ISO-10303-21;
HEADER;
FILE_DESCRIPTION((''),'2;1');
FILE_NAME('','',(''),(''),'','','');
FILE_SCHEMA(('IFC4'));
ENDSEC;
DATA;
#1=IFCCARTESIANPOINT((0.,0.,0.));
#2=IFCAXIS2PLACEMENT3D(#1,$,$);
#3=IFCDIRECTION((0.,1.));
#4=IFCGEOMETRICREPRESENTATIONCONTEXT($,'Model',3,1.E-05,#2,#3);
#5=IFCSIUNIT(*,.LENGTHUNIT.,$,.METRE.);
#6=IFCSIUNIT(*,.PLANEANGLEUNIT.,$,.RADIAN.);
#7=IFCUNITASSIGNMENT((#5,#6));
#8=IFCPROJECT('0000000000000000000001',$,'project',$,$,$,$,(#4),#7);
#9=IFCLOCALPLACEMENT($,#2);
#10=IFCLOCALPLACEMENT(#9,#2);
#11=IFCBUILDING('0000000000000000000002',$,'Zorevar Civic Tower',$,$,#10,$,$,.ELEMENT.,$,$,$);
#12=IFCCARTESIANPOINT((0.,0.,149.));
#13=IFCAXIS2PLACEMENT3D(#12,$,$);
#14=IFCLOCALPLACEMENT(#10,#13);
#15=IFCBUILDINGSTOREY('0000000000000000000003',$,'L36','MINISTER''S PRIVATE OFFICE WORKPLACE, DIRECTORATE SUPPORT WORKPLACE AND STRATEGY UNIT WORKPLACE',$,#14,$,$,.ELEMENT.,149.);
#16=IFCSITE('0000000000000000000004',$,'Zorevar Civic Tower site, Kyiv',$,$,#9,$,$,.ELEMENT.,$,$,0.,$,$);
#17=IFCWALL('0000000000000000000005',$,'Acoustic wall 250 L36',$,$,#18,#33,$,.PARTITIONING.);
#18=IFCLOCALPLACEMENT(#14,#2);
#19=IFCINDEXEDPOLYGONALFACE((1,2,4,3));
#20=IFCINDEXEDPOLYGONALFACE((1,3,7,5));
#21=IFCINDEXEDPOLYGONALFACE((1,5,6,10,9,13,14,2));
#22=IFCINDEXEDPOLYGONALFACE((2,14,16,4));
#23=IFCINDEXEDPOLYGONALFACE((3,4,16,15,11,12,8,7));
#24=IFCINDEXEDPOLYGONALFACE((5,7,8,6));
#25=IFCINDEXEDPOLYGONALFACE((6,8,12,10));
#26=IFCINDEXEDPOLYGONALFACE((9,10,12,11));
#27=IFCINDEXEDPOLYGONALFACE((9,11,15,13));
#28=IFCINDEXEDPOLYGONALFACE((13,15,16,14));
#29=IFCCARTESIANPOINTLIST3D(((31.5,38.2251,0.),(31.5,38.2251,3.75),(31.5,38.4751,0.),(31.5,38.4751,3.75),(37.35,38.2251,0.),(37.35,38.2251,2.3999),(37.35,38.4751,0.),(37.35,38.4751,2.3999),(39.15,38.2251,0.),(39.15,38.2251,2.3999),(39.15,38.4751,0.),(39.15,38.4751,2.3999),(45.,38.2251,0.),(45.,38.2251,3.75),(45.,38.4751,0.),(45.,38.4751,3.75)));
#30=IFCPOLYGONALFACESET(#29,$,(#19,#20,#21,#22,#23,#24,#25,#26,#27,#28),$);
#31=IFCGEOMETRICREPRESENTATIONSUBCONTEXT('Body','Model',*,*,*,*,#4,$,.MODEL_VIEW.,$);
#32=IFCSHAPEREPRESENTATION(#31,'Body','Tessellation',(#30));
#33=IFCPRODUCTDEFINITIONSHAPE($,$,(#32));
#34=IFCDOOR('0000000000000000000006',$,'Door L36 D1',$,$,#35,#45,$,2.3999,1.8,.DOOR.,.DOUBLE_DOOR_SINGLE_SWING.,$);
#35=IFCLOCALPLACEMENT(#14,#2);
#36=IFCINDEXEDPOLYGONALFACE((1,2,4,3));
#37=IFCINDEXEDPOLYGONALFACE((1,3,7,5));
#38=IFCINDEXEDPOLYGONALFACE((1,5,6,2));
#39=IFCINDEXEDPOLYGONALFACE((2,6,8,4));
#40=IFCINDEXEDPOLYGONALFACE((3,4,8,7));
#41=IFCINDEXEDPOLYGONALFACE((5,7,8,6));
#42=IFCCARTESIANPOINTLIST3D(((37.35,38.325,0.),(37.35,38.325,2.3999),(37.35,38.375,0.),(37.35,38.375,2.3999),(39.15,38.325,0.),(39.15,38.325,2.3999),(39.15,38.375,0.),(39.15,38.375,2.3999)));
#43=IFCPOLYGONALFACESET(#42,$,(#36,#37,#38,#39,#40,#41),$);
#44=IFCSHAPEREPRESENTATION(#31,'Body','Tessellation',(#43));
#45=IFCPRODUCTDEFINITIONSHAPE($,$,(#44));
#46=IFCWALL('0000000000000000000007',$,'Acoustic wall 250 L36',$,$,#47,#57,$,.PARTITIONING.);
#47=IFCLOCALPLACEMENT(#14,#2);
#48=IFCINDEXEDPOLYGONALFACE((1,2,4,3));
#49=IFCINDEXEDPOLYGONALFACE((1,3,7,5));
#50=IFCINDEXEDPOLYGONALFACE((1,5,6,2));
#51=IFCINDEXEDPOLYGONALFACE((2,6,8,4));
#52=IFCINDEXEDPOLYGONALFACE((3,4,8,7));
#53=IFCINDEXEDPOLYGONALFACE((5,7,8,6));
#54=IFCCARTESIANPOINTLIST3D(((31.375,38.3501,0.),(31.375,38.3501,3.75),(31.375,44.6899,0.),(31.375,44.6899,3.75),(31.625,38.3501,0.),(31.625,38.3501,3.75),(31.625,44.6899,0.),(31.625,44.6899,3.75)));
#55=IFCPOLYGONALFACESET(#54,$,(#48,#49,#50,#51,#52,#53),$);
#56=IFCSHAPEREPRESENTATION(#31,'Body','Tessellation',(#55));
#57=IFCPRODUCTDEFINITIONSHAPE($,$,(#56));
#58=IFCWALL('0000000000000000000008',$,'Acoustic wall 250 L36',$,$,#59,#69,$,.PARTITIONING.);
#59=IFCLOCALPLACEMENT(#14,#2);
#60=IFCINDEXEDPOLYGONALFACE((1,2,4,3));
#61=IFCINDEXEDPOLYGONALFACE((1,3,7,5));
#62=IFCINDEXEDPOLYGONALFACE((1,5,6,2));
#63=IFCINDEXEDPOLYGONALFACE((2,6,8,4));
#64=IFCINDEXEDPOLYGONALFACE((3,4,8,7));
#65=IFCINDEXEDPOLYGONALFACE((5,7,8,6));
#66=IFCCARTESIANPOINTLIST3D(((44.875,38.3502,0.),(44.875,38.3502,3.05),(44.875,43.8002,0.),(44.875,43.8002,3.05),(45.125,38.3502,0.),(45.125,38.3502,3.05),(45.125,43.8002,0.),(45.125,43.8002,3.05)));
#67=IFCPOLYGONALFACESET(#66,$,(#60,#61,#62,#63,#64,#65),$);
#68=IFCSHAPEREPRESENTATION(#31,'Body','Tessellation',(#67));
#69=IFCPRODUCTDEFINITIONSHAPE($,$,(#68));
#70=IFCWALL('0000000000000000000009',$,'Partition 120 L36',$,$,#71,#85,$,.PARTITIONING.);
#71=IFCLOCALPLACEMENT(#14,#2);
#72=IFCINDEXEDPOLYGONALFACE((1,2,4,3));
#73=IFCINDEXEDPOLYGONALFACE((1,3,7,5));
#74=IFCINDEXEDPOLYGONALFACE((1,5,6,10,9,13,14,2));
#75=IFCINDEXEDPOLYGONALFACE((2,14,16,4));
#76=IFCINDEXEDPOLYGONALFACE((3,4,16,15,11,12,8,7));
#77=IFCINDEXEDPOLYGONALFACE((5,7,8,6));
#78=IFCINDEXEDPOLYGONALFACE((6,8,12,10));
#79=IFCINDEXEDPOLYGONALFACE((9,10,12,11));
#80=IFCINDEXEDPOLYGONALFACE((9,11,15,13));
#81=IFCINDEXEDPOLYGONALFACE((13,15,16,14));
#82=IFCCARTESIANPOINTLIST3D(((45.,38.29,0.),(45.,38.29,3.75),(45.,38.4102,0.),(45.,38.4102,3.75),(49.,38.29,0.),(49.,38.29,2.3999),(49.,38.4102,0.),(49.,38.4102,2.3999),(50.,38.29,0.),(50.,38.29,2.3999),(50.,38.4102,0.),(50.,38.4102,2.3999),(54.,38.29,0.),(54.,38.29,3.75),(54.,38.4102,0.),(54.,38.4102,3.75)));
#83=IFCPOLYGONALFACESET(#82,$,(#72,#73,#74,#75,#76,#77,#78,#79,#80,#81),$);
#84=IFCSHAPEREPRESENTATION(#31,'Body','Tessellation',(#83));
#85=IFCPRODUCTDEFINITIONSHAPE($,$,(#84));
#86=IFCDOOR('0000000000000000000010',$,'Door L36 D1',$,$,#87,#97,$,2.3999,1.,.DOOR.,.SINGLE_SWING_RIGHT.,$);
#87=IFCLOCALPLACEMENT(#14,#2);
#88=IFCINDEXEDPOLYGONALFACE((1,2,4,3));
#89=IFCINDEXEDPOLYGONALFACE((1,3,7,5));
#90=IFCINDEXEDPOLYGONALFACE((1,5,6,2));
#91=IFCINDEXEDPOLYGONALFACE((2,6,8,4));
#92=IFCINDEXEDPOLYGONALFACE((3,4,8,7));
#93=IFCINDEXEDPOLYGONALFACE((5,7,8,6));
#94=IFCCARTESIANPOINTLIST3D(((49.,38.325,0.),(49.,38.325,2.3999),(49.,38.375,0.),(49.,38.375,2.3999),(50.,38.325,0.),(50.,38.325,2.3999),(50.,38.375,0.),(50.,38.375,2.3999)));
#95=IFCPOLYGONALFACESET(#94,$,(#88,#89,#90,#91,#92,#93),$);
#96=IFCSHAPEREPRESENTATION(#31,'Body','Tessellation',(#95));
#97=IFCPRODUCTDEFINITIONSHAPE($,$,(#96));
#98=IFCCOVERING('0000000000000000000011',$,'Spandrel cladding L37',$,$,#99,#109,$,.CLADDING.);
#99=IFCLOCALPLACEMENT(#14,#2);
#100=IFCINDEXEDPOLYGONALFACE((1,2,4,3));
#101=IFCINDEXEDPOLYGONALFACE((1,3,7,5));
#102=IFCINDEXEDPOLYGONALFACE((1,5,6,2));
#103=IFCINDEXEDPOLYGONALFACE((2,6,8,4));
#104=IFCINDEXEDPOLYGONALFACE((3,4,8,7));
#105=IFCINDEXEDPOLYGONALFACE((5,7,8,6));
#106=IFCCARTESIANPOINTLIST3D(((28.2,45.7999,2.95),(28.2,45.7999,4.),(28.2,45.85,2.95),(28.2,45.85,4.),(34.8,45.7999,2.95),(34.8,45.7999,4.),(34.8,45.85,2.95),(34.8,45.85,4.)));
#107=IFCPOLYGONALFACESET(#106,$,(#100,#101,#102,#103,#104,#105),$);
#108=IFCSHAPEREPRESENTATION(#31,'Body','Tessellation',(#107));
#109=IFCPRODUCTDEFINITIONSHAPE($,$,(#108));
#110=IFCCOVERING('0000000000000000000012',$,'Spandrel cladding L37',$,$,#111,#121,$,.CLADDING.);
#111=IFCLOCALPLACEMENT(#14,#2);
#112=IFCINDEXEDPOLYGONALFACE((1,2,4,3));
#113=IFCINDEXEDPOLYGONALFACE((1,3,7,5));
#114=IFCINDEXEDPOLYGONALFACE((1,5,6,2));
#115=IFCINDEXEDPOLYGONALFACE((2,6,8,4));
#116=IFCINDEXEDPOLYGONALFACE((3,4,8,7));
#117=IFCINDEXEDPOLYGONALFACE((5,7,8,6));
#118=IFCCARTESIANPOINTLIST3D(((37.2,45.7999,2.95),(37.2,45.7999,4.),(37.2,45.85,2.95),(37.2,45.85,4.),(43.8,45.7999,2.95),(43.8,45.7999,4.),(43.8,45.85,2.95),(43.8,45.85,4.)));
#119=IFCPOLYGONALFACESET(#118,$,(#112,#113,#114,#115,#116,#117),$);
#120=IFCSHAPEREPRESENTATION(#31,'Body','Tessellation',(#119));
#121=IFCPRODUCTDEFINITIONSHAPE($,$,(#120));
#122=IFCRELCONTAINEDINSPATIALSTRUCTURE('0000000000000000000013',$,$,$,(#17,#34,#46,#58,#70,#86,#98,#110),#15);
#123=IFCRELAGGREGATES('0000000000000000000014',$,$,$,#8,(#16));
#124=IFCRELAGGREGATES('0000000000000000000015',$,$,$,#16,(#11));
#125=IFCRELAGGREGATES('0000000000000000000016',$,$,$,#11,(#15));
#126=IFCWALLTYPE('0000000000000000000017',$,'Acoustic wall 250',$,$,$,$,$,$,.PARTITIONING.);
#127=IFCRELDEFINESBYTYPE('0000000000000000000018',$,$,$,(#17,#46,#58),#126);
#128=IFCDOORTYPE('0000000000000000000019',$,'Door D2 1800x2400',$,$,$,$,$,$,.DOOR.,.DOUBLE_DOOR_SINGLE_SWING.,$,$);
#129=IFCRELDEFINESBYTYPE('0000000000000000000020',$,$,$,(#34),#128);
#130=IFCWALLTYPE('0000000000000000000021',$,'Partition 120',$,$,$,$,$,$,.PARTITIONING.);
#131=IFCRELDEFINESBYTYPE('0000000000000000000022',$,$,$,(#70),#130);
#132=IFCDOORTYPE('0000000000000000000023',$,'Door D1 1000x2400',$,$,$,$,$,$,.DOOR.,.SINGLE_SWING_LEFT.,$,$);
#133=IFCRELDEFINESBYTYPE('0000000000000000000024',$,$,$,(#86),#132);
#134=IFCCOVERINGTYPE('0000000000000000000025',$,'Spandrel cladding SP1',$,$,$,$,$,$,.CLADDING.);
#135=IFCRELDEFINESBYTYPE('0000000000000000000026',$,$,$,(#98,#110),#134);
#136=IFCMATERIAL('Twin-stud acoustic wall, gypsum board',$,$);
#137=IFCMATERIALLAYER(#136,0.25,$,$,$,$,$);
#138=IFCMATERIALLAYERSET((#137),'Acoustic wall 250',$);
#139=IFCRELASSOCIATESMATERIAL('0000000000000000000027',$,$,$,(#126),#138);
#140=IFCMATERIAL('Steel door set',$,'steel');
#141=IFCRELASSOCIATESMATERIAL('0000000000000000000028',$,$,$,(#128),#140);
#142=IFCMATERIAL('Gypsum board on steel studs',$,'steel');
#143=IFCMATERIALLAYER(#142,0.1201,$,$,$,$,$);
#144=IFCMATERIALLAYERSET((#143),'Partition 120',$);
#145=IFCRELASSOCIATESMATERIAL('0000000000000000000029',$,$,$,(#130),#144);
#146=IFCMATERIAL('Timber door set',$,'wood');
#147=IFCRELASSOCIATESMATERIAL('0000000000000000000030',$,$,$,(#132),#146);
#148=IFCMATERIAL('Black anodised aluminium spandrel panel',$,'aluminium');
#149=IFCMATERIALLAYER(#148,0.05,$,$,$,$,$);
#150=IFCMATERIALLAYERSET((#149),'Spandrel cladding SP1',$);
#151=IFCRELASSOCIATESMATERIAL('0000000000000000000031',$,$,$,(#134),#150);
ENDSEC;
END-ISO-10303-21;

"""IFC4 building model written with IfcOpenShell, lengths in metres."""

from ifc_helpers import new_model, si_unit, direction, frame, frame_2d, origin, place, context, subcontext, project, spatial, rectangle, extrude, material, layer, layer_set, type_object, element, fill, save


model = new_model("IFC4")

# Units and contexts
model_context = context("Model", 3, precision=1e-05, world=origin(), true_north=direction((0.0, 1.0)))
body_context = subcontext(model_context, "Body", "Model", "MODEL_VIEW")
ifc_project = project(units=[si_unit("LENGTHUNIT", "METRE"), si_unit("PLANEANGLEUNIT", "RADIAN")], contexts=[model_context])

# Site, building, storey
site_placement = place(None, origin())
site = spatial("IfcSite", under=ifc_project, at=site_placement, Name="Zorevar Civic Tower site, Kyiv", CompositionType="ELEMENT", RefElevation=0.0)
building_placement = place(site_placement, origin())
building = spatial("IfcBuilding", under=site, at=building_placement, Name="Zorevar Civic Tower", CompositionType="ELEMENT")
storey_placement = place(building_placement, frame((0.0, 0.0, 149.0)))
storey = spatial("IfcBuildingStorey", under=building, at=storey_placement, Name="L36", Description="MINISTER'S PRIVATE OFFICE WORKPLACE, DIRECTORATE SUPPORT WORKPLACE AND STRATEGY UNIT WORKPLACE", CompositionType="ELEMENT", Elevation=149.0)

# Wall, opening, door
ifc_material_1 = material(Name="Twin-stud acoustic wall, gypsum board")
ifc_layer_1 = layer(ifc_material_1, 0.25)
ifc_layer_set_1 = layer_set([ifc_layer_1], Name="Acoustic wall 250")
wall_type_1 = type_object("IfcWallType", Name="Acoustic wall 250", PredefinedType="PARTITIONING", material=ifc_layer_set_1)
wall_1_placement = place(storey_placement, frame((31.5, 38.3501, 0.0), z_axis=(0.0, 0.0, 1.0), x_axis=(1.0, 0.0, 0.0)))
wall_1 = element("IfcWall", 1, at=wall_1_placement, inside=storey, type_object=wall_type_1, Name="Acoustic wall 250 L36", PredefinedType="PARTITIONING", context=body_context, shape_type="SweptSolid", body=[
    extrude(rectangle(XDim=13.5, YDim=0.25, at=frame_2d((6.75, 0.0))), origin(), (0.0, 0.0, 1.0), 3.75),
])
opening_1_placement = place(wall_1_placement, frame((5.8501, 0.0, 0.0)))
opening_1 = element("IfcOpeningElement", 2, at=opening_1_placement, cuts=wall_1, PredefinedType="OPENING", context=body_context, shape_type="SweptSolid", body=[
    extrude(rectangle(XDim=1.8, YDim=2.3999, at=frame_2d((0.8999, 1.2))), frame((0.0, 0.135, 0.0), z_axis=(0.0, -1.0, 0.0), x_axis=(1.0, 0.0, 0.0)), (0.0, 0.0, 1.0), 0.27),
])
ifc_material_2 = material(Name="Steel door set", Category="steel")
door_type_1 = type_object("IfcDoorType", Name="Door D2 1800x2400", OperationType="DOUBLE_DOOR_SINGLE_SWING", PredefinedType="DOOR", material=ifc_material_2)
door_1_placement = place(opening_1_placement, origin())
door_1 = element("IfcDoor", 3, at=door_1_placement, inside=storey, type_object=door_type_1, Name="Door L36 D1", OperationType="DOUBLE_DOOR_SINGLE_SWING", OverallHeight=2.3999, OverallWidth=1.8, PredefinedType="DOOR", context=body_context, shape_type="SweptSolid", body=[
    extrude(rectangle(XDim=1.8, YDim=2.3999, at=frame_2d((0.8999, 1.2))), frame((0.0, 0.0249, 0.0), z_axis=(0.0, -1.0, 0.0), x_axis=(1.0, 0.0, 0.0)), (0.0, 0.0, 1.0), 0.05),
])
fill(opening_1, door_1)

# Walls
wall_2_placement = place(storey_placement, frame((31.5, 38.3501, 0.0), z_axis=(0.0, 0.0, 1.0), x_axis=(0.0, 1.0, 0.0)))
element("IfcWall", 4, at=wall_2_placement, inside=storey, type_object=wall_type_1, Name="Acoustic wall 250 L36", PredefinedType="PARTITIONING", context=body_context, shape_type="SweptSolid", body=[
    extrude(rectangle(XDim=6.3398, YDim=0.25, at=frame_2d((3.1699, 0.0))), origin(), (0.0, 0.0, 1.0), 3.75),
])
wall_3_placement = place(storey_placement, frame((45.0, 38.3501, 0.0), z_axis=(0.0, 0.0, 1.0), x_axis=(0.0, 1.0, 0.0)))
element("IfcWall", 5, at=wall_3_placement, inside=storey, type_object=wall_type_1, Name="Acoustic wall 250 L36", PredefinedType="PARTITIONING", context=body_context, shape_type="SweptSolid", body=[
    extrude(rectangle(XDim=5.45, YDim=0.25, at=frame_2d((2.7251, 0.0))), origin(), (0.0, 0.0, 1.0), 3.05),
])

# Wall, opening, door
ifc_material_3 = material(Name="Gypsum board on steel studs", Category="steel")
ifc_layer_2 = layer(ifc_material_3, 0.1201)
ifc_layer_set_2 = layer_set([ifc_layer_2], Name="Partition 120")
wall_type_2 = type_object("IfcWallType", Name="Partition 120", PredefinedType="PARTITIONING", material=ifc_layer_set_2)
wall_4_placement = place(storey_placement, frame((45.0, 38.3501, 0.0), z_axis=(0.0, 0.0, 1.0), x_axis=(1.0, 0.0, 0.0)))
wall_4 = element("IfcWall", 6, at=wall_4_placement, inside=storey, type_object=wall_type_2, Name="Partition 120 L36", PredefinedType="PARTITIONING", context=body_context, shape_type="SweptSolid", body=[
    extrude(rectangle(XDim=9.0, YDim=0.1201, at=frame_2d((4.5, 0.0))), origin(), (0.0, 0.0, 1.0), 3.75),
])
opening_2_placement = place(wall_4_placement, frame((4.0, 0.0, 0.0)))
opening_2 = element("IfcOpeningElement", 7, at=opening_2_placement, cuts=wall_4, PredefinedType="OPENING", context=body_context, shape_type="SweptSolid", body=[
    extrude(rectangle(XDim=1.0, YDim=2.3999, at=frame_2d((0.5, 1.2))), frame((0.0, 0.0701, 0.0), z_axis=(0.0, -1.0, 0.0), x_axis=(1.0, 0.0, 0.0)), (0.0, 0.0, 1.0), 0.1401),
])
ifc_material_4 = material(Name="Timber door set", Category="wood")
door_type_2 = type_object("IfcDoorType", Name="Door D1 1000x2400", OperationType="SINGLE_SWING_LEFT", PredefinedType="DOOR", material=ifc_material_4)
door_2_placement = place(opening_2_placement, origin())
door_2 = element("IfcDoor", 8, at=door_2_placement, inside=storey, type_object=door_type_2, Name="Door L36 D1", OperationType="SINGLE_SWING_RIGHT", OverallHeight=2.3999, OverallWidth=1.0, PredefinedType="DOOR", context=body_context, shape_type="SweptSolid", body=[
    extrude(rectangle(XDim=1.0, YDim=2.3999, at=frame_2d((0.5, 1.2))), frame((0.0, 0.0249, 0.0), z_axis=(0.0, -1.0, 0.0), x_axis=(1.0, 0.0, 0.0)), (0.0, 0.0, 1.0), 0.05),
])
fill(opening_2, door_2)

# Coverings
ifc_material_5 = material(Name="Black anodised aluminium spandrel panel", Category="aluminium")
ifc_layer_3 = layer(ifc_material_5, 0.05)
ifc_layer_set_3 = layer_set([ifc_layer_3], Name="Spandrel cladding SP1")
covering_type = type_object("IfcCoveringType", Name="Spandrel cladding SP1", PredefinedType="CLADDING", material=ifc_layer_set_3)
for number, where, z_axis, x_axis, name in (
    (9, (28.2, 45.825, 2.95), (0.0, 0.0, 1.0), (1.0, 0.0, 0.0), "Spandrel cladding L37"),
    (10, (37.2, 45.825, 2.95), (0.0, 0.0, 1.0), (1.0, 0.0, 0.0), "Spandrel cladding L37"),
):
    element("IfcCovering", number, at=place(storey_placement, frame(where, z_axis=z_axis, x_axis=x_axis)), inside=storey, type_object=covering_type, Name=name, PredefinedType="CLADDING", context=body_context, shape_type="SweptSolid", body=[
        extrude(rectangle(XDim=6.6001, YDim=0.05, at=frame_2d((3.3, 0.0))), origin(), (0.0, 0.0, 1.0), 1.05),
    ])

save(model, "model.ifc")
